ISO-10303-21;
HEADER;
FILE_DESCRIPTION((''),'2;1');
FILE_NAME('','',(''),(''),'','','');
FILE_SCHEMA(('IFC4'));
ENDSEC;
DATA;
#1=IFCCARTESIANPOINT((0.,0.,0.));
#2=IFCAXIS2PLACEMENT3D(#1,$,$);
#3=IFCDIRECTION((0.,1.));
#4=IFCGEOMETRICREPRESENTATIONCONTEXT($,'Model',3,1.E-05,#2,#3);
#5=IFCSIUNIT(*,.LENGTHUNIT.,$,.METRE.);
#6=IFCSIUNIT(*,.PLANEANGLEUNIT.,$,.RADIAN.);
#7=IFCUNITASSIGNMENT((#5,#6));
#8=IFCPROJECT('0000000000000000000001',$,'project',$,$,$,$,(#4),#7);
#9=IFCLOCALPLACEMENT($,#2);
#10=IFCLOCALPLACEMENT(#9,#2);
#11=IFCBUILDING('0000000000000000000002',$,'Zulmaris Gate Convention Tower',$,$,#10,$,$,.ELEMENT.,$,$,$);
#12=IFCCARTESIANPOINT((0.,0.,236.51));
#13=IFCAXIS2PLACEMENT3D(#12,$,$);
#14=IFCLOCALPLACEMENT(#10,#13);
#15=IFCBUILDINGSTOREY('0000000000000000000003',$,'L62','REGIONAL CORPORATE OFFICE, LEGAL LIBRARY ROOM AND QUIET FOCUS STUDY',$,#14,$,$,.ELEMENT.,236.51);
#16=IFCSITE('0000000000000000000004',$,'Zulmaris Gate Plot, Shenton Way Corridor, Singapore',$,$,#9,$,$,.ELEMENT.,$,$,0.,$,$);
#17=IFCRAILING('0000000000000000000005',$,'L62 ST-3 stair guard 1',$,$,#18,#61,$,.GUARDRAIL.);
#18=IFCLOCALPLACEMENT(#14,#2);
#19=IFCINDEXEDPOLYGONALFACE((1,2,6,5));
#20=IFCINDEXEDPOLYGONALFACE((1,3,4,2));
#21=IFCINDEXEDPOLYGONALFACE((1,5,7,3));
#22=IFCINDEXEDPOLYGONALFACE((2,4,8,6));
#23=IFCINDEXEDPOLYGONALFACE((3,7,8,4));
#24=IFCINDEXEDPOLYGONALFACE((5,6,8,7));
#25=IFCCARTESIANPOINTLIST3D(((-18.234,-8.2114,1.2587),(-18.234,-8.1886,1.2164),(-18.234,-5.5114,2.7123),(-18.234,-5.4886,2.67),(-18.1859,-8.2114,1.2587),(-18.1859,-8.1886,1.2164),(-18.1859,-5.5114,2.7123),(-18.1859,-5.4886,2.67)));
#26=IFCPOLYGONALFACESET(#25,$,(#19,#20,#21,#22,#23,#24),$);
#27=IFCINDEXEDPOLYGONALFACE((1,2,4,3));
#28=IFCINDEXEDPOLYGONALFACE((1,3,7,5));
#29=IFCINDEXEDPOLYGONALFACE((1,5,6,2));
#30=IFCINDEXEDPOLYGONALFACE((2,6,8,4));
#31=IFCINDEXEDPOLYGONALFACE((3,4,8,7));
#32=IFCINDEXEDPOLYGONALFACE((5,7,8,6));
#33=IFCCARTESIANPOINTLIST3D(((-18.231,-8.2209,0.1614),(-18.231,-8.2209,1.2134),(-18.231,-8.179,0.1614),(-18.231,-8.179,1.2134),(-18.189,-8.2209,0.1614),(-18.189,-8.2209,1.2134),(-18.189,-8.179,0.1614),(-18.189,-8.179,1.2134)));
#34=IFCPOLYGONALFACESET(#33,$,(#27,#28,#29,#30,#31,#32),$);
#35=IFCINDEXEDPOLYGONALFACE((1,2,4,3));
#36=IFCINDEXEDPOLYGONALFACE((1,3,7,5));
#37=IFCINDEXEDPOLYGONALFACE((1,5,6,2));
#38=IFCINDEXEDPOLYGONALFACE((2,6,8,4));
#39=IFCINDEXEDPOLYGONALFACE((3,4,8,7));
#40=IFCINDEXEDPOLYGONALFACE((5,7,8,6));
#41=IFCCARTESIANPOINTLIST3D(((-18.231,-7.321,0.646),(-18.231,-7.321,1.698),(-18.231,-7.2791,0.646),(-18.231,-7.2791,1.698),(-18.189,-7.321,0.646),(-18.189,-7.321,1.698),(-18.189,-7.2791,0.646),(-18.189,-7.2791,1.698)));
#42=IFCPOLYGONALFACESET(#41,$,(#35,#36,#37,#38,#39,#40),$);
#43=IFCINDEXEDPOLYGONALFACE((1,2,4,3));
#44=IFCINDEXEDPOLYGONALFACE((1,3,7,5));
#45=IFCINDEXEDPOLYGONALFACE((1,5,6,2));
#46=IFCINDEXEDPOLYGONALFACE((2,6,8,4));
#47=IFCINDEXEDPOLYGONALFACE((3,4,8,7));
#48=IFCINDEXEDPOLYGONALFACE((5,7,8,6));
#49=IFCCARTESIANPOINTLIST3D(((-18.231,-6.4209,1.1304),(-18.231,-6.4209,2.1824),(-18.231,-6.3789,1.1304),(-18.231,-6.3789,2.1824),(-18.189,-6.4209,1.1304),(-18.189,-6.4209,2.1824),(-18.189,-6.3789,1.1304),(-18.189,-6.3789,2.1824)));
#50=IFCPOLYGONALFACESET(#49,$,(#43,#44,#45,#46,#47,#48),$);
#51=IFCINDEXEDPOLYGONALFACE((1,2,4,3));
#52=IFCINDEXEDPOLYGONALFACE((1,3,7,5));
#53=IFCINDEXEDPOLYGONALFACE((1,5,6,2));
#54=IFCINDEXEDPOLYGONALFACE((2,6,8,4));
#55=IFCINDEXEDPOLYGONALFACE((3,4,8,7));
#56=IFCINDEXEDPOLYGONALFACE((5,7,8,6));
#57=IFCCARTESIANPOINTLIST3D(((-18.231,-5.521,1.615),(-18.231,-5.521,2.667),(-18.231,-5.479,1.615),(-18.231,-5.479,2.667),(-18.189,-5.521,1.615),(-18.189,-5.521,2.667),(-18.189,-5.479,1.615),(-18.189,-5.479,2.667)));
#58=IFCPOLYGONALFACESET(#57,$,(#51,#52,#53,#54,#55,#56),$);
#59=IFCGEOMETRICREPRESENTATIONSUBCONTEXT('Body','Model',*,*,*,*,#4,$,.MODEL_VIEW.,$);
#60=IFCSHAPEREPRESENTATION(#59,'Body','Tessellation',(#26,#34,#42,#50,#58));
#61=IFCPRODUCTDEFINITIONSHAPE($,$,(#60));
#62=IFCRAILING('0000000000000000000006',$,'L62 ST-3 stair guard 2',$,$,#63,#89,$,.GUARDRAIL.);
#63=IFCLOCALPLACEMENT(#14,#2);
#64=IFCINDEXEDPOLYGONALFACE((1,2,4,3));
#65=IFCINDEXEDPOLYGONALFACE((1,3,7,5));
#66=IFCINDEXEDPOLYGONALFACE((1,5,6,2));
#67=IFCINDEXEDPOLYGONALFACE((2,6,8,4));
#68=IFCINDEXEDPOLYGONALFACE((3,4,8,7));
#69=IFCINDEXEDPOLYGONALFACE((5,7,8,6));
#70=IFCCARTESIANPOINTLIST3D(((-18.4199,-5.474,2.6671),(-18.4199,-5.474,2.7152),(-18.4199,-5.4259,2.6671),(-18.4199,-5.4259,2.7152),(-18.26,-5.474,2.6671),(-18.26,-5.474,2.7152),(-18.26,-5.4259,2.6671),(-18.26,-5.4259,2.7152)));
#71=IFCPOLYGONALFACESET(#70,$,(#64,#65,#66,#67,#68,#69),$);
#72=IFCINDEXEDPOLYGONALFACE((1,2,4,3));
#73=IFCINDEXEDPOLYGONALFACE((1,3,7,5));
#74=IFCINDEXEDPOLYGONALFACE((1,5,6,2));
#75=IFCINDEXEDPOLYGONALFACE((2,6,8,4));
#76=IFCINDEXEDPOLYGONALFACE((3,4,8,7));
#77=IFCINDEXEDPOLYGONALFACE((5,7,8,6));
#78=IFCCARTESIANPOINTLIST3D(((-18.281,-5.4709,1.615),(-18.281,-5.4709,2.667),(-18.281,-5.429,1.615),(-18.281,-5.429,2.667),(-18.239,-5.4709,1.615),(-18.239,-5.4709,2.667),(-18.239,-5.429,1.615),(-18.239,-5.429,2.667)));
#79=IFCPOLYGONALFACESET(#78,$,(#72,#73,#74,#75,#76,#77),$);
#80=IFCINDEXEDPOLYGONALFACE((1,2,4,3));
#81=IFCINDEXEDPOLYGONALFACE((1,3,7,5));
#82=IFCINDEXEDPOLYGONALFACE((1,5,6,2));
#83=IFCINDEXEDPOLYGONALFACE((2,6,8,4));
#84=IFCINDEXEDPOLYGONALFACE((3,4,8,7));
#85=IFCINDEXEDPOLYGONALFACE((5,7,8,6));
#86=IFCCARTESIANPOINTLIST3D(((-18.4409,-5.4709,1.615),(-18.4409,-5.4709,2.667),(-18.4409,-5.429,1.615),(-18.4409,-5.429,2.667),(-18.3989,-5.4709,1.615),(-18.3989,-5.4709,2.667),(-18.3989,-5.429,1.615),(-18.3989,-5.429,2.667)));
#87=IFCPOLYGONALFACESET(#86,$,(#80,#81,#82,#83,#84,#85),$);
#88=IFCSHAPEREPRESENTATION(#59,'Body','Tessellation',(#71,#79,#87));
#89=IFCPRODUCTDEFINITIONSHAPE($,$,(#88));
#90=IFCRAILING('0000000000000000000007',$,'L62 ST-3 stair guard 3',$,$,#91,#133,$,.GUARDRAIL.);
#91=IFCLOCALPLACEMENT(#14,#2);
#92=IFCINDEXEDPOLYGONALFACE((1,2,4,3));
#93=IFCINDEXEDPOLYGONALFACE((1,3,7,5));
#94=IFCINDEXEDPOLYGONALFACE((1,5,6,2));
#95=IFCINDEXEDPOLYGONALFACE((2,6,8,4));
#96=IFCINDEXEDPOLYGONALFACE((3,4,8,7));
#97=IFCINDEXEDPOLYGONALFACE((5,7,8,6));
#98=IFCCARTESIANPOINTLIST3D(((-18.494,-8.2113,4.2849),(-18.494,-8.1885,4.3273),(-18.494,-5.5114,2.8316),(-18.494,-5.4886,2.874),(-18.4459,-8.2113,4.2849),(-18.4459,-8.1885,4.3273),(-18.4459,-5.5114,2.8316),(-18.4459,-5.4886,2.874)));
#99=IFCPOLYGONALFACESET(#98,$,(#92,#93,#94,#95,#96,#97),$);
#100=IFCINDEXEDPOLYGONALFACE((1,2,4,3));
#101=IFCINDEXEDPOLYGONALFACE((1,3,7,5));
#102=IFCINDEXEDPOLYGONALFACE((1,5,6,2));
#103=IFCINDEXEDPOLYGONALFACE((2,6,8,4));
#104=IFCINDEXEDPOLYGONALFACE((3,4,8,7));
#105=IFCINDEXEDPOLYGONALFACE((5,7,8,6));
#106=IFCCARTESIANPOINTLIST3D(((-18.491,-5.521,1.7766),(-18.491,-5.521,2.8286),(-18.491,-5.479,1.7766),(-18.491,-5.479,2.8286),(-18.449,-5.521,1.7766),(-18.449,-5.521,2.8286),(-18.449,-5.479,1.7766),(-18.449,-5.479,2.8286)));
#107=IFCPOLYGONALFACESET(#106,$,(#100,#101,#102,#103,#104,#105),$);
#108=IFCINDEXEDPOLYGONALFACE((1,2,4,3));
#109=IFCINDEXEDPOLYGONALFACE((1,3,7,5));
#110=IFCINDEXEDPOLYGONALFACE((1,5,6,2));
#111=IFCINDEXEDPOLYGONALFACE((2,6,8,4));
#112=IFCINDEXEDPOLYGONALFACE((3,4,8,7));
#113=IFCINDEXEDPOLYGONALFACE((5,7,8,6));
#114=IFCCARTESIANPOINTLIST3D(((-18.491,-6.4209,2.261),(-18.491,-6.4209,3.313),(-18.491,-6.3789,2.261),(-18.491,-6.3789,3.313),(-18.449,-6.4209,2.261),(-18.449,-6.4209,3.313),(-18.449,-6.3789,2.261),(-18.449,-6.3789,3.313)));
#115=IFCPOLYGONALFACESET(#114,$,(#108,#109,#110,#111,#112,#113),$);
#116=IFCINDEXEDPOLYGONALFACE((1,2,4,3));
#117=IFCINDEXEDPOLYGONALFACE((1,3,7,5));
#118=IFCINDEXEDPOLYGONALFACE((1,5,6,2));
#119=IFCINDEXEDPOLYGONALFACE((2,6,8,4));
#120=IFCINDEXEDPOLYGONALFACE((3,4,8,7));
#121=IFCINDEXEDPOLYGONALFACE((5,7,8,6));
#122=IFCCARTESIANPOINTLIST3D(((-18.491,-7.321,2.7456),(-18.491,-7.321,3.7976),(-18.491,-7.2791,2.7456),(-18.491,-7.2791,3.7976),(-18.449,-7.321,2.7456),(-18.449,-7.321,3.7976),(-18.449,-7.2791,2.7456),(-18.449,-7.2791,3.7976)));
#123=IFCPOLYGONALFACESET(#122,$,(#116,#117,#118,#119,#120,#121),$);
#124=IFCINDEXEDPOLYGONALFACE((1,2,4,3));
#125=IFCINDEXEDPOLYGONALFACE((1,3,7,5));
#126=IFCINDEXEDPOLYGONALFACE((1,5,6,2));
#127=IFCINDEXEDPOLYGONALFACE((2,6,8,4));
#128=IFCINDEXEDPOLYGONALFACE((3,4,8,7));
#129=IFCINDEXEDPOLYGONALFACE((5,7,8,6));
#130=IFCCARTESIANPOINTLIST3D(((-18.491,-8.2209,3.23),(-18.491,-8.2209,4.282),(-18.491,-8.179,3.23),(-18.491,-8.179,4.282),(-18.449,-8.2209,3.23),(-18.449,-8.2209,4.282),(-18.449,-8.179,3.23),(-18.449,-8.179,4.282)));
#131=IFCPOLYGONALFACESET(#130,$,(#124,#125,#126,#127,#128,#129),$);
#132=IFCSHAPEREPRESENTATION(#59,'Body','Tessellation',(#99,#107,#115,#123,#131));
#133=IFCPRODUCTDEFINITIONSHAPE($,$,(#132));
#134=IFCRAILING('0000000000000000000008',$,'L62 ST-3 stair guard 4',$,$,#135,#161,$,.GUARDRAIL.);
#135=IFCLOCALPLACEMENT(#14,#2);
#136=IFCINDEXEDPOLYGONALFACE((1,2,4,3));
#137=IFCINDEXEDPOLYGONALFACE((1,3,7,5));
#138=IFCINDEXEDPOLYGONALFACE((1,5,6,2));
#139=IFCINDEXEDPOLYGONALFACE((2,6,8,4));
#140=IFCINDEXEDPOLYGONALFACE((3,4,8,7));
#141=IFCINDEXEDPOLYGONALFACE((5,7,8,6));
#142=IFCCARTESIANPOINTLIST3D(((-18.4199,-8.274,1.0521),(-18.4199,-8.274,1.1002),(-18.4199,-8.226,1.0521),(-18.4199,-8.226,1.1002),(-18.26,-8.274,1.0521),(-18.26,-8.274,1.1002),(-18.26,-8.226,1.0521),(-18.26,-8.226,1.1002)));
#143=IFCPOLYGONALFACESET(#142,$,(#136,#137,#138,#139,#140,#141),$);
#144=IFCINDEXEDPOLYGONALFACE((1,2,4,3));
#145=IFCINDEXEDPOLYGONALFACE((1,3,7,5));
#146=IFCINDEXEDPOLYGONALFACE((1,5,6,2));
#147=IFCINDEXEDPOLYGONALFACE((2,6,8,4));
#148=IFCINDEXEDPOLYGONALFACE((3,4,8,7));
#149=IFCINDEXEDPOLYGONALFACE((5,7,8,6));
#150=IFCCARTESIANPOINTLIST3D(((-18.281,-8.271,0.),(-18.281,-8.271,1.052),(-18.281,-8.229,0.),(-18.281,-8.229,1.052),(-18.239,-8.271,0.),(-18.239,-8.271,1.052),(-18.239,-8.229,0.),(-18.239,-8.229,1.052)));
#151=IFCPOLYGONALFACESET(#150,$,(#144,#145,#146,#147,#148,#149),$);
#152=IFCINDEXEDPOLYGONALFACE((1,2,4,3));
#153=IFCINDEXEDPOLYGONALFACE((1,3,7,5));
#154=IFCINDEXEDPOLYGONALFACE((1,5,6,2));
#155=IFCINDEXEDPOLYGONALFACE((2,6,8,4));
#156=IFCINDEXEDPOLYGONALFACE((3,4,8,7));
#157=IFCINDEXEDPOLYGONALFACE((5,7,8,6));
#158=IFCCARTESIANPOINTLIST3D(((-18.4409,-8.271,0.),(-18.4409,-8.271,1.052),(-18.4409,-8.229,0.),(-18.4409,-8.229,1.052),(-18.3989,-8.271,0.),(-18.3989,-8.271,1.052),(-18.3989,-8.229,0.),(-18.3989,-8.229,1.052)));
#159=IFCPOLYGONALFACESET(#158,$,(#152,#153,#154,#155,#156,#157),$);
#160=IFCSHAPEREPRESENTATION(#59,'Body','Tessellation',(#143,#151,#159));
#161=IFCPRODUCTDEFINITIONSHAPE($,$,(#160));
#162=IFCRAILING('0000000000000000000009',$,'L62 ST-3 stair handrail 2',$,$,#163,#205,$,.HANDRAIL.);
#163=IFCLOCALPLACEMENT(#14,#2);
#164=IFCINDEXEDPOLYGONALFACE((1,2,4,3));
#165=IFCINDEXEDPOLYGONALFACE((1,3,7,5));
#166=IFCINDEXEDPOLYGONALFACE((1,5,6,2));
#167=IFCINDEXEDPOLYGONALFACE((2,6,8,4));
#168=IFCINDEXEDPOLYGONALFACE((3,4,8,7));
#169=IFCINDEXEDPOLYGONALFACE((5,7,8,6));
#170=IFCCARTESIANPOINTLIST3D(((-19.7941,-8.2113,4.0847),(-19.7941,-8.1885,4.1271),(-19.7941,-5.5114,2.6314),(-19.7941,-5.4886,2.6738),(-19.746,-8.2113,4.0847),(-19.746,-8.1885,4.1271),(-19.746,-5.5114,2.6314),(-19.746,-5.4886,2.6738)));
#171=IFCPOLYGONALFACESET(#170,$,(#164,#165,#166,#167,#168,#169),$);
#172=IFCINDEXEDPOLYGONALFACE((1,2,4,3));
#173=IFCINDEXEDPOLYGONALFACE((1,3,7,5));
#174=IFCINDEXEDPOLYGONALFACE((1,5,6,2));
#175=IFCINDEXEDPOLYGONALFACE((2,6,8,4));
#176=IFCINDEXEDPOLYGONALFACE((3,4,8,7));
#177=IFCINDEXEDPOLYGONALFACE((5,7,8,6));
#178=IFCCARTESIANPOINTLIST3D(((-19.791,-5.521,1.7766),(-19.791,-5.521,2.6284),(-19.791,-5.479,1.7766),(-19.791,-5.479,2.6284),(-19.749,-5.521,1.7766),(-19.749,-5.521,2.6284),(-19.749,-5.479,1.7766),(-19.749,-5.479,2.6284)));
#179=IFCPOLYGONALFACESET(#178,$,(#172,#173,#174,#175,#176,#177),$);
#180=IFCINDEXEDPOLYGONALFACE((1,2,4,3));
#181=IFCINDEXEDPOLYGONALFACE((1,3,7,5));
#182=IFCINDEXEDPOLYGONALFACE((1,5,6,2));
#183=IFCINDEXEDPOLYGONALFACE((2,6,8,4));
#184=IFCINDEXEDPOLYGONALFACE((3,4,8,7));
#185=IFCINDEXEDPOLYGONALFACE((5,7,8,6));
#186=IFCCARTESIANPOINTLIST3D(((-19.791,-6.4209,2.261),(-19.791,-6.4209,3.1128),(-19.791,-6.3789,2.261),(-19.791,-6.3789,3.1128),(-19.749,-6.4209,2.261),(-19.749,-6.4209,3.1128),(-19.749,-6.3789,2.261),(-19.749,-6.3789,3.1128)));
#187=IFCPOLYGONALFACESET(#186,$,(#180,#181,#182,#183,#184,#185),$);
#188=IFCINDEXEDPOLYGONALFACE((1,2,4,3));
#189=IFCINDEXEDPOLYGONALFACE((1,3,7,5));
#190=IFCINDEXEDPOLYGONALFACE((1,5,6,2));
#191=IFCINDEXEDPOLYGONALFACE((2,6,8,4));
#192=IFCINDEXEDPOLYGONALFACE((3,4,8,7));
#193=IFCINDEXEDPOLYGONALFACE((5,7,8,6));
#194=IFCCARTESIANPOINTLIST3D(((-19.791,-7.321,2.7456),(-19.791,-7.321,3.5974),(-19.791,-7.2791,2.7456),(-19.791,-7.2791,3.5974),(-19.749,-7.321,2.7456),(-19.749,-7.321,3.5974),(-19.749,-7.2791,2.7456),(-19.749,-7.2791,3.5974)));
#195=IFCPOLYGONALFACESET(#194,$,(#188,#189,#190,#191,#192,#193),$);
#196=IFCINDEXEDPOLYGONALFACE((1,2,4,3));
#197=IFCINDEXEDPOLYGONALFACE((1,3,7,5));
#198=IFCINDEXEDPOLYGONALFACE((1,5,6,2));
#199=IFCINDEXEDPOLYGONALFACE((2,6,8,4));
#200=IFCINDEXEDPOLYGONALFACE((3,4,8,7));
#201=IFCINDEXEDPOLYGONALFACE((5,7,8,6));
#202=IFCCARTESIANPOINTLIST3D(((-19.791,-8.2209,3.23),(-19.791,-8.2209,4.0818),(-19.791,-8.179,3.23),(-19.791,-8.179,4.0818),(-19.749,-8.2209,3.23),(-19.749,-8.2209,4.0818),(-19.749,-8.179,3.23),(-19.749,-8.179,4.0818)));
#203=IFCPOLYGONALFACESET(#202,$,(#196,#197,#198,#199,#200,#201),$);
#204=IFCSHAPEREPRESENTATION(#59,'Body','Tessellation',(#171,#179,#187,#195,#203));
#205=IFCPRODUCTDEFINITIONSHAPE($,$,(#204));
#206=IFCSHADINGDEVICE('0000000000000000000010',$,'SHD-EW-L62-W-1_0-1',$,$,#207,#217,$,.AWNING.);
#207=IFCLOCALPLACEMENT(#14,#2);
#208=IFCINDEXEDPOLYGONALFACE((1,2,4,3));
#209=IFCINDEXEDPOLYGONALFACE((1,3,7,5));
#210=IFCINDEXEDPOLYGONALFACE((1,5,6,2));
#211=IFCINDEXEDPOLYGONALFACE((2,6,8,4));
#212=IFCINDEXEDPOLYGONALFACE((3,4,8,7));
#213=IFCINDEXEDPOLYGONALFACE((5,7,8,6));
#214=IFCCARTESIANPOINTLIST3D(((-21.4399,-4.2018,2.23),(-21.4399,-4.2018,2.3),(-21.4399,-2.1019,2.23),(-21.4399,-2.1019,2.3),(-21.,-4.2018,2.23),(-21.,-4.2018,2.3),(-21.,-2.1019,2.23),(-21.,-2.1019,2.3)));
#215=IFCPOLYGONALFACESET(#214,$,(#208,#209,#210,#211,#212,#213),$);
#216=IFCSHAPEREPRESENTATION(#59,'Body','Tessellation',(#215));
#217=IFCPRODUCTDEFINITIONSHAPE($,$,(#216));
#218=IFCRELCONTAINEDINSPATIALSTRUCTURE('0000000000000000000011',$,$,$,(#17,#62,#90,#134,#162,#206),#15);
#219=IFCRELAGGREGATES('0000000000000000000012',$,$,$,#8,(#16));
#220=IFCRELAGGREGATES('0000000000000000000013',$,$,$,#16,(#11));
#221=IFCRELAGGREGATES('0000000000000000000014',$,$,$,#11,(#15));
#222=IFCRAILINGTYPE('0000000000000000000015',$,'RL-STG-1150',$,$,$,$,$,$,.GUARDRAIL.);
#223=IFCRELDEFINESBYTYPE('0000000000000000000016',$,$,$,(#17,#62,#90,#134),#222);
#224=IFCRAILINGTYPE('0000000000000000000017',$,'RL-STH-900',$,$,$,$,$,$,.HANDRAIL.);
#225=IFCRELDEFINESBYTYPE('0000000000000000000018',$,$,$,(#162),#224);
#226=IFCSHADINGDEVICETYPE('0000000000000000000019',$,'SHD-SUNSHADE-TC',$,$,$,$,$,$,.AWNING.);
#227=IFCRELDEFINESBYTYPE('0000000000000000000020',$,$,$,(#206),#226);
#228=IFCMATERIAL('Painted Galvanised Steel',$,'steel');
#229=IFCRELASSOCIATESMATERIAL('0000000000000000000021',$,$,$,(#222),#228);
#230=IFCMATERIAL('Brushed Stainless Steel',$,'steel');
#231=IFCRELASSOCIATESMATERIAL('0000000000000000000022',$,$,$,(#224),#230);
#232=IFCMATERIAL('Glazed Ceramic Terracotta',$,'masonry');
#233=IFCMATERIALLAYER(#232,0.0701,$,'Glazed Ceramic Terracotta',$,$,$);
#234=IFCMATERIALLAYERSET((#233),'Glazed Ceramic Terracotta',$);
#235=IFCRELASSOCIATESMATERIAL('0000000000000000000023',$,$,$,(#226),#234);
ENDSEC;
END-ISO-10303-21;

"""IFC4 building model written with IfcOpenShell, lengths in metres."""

from ifc_helpers import new_model, si_unit, direction, frame, frame_2d, origin, origin_2d, place, context, subcontext, project, spatial, rectangle, extrude, material, layer, layer_set, type_object, element, save


model = new_model("IFC4")

# Units and contexts
model_context = context("Model", 3, precision=1e-05, world=origin(), true_north=direction((0.0, 1.0)))
body_context = subcontext(model_context, "Body", "Model", "MODEL_VIEW")
ifc_project = project(units=[si_unit("LENGTHUNIT", "METRE"), si_unit("PLANEANGLEUNIT", "RADIAN")], contexts=[model_context])

# Site, building, storey
site_placement = place(None, origin())
site = spatial("IfcSite", under=ifc_project, at=site_placement, Name="Zulmaris Gate Plot, Shenton Way Corridor, Singapore", CompositionType="ELEMENT", RefElevation=0.0)
building_placement = place(site_placement, origin())
building = spatial("IfcBuilding", under=site, at=building_placement, Name="Zulmaris Gate Convention Tower", CompositionType="ELEMENT")
storey_placement = place(building_placement, frame((0.0, 0.0, 236.51)))
storey = spatial("IfcBuildingStorey", under=building, at=storey_placement, Name="L62", Description="REGIONAL CORPORATE OFFICE, LEGAL LIBRARY ROOM AND QUIET FOCUS STUDY", CompositionType="ELEMENT", Elevation=236.51)

# Railings
ifc_material_1 = material(Name="Painted Galvanised Steel", Category="steel")
railing_type_1 = type_object("IfcRailingType", Name="RL-STG-1150", PredefinedType="GUARDRAIL", material=ifc_material_1)
railing_1_placement = place(storey_placement, frame((-18.21, -8.2, 0.1614)))
element("IfcRailing", 1, at=railing_1_placement, inside=storey, type_object=railing_type_1, Name="L62 ST-3 stair guard 1", PredefinedType="GUARDRAIL", context=body_context, shape_type="SweptSolid", body=[
    extrude(rectangle(XDim=0.0481, YDim=0.0481, at=origin_2d()), frame((0.0, 0.0, 1.0762), z_axis=(0.0, 0.880499, 0.474048), x_axis=(-1.0, 0.0, 0.0)), (0.0, 0.0, 1.0), 3.0664),
    extrude(rectangle(XDim=0.042, YDim=0.042, at=origin_2d()), origin(), (0.0, 0.0, 1.0), 1.052),
    extrude(rectangle(XDim=0.042, YDim=0.042, at=origin_2d()), frame((0.0, 0.8999, 0.4846)), (0.0, 0.0, 1.0), 1.052),
    extrude(rectangle(XDim=0.042, YDim=0.042, at=origin_2d()), frame((0.0, 1.8, 0.969)), (0.0, 0.0, 1.0), 1.052),
    extrude(rectangle(XDim=0.042, YDim=0.042, at=origin_2d()), frame((0.0, 2.7, 1.4536)), (0.0, 0.0, 1.0), 1.052),
])
railing_2_placement = place(storey_placement, frame((-18.26, -5.45, 1.615)))
element("IfcRailing", 2, at=railing_2_placement, inside=storey, type_object=railing_type_1, Name="L62 ST-3 stair guard 2", PredefinedType="GUARDRAIL", context=body_context, shape_type="SweptSolid", body=[
    extrude(rectangle(XDim=0.0481, YDim=0.0481, at=origin_2d()), frame((0.0, 0.0, 1.0762), z_axis=(-1.0, 0.0, 0.0), x_axis=(0.0, -1.0, 0.0)), (0.0, 0.0, 1.0), 0.1599),
    extrude(rectangle(XDim=0.042, YDim=0.042, at=origin_2d()), origin(), (0.0, 0.0, 1.0), 1.052),
    extrude(rectangle(XDim=0.042, YDim=0.042, at=origin_2d()), frame((-0.1599, 0.0, 0.0)), (0.0, 0.0, 1.0), 1.052),
])
railing_3_placement = place(storey_placement, frame((-18.47, -5.5, 1.7766)))
element("IfcRailing", 3, at=railing_3_placement, inside=storey, type_object=railing_type_1, Name="L62 ST-3 stair guard 3", PredefinedType="GUARDRAIL", context=body_context, shape_type="SweptSolid", body=[
    extrude(rectangle(XDim=0.0481, YDim=0.0481, at=origin_2d()), frame((0.0, 0.0, 1.0762), z_axis=(0.0, -0.880532, 0.473986), x_axis=(1.0, 0.0, 0.0)), (0.0, 0.0, 1.0), 3.0662),
    extrude(rectangle(XDim=0.042, YDim=0.042, at=origin_2d()), origin(), (0.0, 0.0, 1.0), 1.052),
    extrude(rectangle(XDim=0.042, YDim=0.042, at=origin_2d()), frame((0.0, -0.8999, 0.4844)), (0.0, 0.0, 1.0), 1.052),
    extrude(rectangle(XDim=0.042, YDim=0.042, at=origin_2d()), frame((0.0, -1.8, 0.969)), (0.0, 0.0, 1.0), 1.052),
    extrude(rectangle(XDim=0.042, YDim=0.042, at=origin_2d()), frame((0.0, -2.7, 1.4534)), (0.0, 0.0, 1.0), 1.052),
])
railing_4_placement = place(storey_placement, frame((-18.26, -8.25, 0.0)))
element("IfcRailing", 4, at=railing_4_placement, inside=storey, type_object=railing_type_1, Name="L62 ST-3 stair guard 4", PredefinedType="GUARDRAIL", context=body_context, shape_type="SweptSolid", body=[
    extrude(rectangle(XDim=0.0481, YDim=0.0481, at=origin_2d()), frame((0.0, 0.0, 1.0762), z_axis=(-1.0, 0.0, 0.0), x_axis=(0.0, -1.0, 0.0)), (0.0, 0.0, 1.0), 0.1599),
    extrude(rectangle(XDim=0.042, YDim=0.042, at=origin_2d()), origin(), (0.0, 0.0, 1.0), 1.052),
    extrude(rectangle(XDim=0.042, YDim=0.042, at=origin_2d()), frame((-0.1599, 0.0, 0.0)), (0.0, 0.0, 1.0), 1.052),
])
ifc_material_2 = material(Name="Brushed Stainless Steel", Category="steel")
railing_type_2 = type_object("IfcRailingType", Name="RL-STH-900", PredefinedType="HANDRAIL", material=ifc_material_2)
railing_5_placement = place(storey_placement, frame((-19.77, -5.5, 1.7766)))
element("IfcRailing", 5, at=railing_5_placement, inside=storey, type_object=railing_type_2, Name="L62 ST-3 stair handrail 2", PredefinedType="HANDRAIL", context=body_context, shape_type="SweptSolid", body=[
    extrude(rectangle(XDim=0.0481, YDim=0.0481, at=origin_2d()), frame((0.0, 0.0, 0.876), z_axis=(0.0, -0.880532, 0.473986), x_axis=(1.0, 0.0, 0.0)), (0.0, 0.0, 1.0), 3.0662),
    extrude(rectangle(XDim=0.042, YDim=0.042, at=origin_2d()), origin(), (0.0, 0.0, 1.0), 0.8518),
    extrude(rectangle(XDim=0.042, YDim=0.042, at=origin_2d()), frame((0.0, -0.8999, 0.4844)), (0.0, 0.0, 1.0), 0.8518),
    extrude(rectangle(XDim=0.042, YDim=0.042, at=origin_2d()), frame((0.0, -1.8, 0.969)), (0.0, 0.0, 1.0), 0.8518),
    extrude(rectangle(XDim=0.042, YDim=0.042, at=origin_2d()), frame((0.0, -2.7, 1.4534)), (0.0, 0.0, 1.0), 0.8518),
])

# Shading device
ifc_material_3 = material(Name="Glazed Ceramic Terracotta", Category="masonry")
ifc_layer_1 = layer(ifc_material_3, 0.0701, Name="Glazed Ceramic Terracotta")
ifc_layer_set_1 = layer_set([ifc_layer_1], Name="Glazed Ceramic Terracotta")
shading_device_type = type_object("IfcShadingDeviceType", Name="SHD-SUNSHADE-TC", PredefinedType="AWNING", material=ifc_layer_set_1)
for number, where, z_axis, x_axis, name in (
    (6, (-21.22, -2.1021, 2.23), (0.0, 0.0, 1.0), (0.0, -1.0, 0.0), "SHD-EW-L62-W-1_0-1"),
):
    element("IfcShadingDevice", number, at=place(storey_placement, frame(where, z_axis=z_axis, x_axis=x_axis)), inside=storey, type_object=shading_device_type, Name=name, PredefinedType="AWNING", context=body_context, shape_type="SweptSolid", body=[
        extrude(rectangle(XDim=2.0999, YDim=0.4399, at=frame_2d((1.0498, 0.0))), origin(), (0.0, 0.0, 1.0), 0.0701),
    ])

save(model, "model.ifc")
